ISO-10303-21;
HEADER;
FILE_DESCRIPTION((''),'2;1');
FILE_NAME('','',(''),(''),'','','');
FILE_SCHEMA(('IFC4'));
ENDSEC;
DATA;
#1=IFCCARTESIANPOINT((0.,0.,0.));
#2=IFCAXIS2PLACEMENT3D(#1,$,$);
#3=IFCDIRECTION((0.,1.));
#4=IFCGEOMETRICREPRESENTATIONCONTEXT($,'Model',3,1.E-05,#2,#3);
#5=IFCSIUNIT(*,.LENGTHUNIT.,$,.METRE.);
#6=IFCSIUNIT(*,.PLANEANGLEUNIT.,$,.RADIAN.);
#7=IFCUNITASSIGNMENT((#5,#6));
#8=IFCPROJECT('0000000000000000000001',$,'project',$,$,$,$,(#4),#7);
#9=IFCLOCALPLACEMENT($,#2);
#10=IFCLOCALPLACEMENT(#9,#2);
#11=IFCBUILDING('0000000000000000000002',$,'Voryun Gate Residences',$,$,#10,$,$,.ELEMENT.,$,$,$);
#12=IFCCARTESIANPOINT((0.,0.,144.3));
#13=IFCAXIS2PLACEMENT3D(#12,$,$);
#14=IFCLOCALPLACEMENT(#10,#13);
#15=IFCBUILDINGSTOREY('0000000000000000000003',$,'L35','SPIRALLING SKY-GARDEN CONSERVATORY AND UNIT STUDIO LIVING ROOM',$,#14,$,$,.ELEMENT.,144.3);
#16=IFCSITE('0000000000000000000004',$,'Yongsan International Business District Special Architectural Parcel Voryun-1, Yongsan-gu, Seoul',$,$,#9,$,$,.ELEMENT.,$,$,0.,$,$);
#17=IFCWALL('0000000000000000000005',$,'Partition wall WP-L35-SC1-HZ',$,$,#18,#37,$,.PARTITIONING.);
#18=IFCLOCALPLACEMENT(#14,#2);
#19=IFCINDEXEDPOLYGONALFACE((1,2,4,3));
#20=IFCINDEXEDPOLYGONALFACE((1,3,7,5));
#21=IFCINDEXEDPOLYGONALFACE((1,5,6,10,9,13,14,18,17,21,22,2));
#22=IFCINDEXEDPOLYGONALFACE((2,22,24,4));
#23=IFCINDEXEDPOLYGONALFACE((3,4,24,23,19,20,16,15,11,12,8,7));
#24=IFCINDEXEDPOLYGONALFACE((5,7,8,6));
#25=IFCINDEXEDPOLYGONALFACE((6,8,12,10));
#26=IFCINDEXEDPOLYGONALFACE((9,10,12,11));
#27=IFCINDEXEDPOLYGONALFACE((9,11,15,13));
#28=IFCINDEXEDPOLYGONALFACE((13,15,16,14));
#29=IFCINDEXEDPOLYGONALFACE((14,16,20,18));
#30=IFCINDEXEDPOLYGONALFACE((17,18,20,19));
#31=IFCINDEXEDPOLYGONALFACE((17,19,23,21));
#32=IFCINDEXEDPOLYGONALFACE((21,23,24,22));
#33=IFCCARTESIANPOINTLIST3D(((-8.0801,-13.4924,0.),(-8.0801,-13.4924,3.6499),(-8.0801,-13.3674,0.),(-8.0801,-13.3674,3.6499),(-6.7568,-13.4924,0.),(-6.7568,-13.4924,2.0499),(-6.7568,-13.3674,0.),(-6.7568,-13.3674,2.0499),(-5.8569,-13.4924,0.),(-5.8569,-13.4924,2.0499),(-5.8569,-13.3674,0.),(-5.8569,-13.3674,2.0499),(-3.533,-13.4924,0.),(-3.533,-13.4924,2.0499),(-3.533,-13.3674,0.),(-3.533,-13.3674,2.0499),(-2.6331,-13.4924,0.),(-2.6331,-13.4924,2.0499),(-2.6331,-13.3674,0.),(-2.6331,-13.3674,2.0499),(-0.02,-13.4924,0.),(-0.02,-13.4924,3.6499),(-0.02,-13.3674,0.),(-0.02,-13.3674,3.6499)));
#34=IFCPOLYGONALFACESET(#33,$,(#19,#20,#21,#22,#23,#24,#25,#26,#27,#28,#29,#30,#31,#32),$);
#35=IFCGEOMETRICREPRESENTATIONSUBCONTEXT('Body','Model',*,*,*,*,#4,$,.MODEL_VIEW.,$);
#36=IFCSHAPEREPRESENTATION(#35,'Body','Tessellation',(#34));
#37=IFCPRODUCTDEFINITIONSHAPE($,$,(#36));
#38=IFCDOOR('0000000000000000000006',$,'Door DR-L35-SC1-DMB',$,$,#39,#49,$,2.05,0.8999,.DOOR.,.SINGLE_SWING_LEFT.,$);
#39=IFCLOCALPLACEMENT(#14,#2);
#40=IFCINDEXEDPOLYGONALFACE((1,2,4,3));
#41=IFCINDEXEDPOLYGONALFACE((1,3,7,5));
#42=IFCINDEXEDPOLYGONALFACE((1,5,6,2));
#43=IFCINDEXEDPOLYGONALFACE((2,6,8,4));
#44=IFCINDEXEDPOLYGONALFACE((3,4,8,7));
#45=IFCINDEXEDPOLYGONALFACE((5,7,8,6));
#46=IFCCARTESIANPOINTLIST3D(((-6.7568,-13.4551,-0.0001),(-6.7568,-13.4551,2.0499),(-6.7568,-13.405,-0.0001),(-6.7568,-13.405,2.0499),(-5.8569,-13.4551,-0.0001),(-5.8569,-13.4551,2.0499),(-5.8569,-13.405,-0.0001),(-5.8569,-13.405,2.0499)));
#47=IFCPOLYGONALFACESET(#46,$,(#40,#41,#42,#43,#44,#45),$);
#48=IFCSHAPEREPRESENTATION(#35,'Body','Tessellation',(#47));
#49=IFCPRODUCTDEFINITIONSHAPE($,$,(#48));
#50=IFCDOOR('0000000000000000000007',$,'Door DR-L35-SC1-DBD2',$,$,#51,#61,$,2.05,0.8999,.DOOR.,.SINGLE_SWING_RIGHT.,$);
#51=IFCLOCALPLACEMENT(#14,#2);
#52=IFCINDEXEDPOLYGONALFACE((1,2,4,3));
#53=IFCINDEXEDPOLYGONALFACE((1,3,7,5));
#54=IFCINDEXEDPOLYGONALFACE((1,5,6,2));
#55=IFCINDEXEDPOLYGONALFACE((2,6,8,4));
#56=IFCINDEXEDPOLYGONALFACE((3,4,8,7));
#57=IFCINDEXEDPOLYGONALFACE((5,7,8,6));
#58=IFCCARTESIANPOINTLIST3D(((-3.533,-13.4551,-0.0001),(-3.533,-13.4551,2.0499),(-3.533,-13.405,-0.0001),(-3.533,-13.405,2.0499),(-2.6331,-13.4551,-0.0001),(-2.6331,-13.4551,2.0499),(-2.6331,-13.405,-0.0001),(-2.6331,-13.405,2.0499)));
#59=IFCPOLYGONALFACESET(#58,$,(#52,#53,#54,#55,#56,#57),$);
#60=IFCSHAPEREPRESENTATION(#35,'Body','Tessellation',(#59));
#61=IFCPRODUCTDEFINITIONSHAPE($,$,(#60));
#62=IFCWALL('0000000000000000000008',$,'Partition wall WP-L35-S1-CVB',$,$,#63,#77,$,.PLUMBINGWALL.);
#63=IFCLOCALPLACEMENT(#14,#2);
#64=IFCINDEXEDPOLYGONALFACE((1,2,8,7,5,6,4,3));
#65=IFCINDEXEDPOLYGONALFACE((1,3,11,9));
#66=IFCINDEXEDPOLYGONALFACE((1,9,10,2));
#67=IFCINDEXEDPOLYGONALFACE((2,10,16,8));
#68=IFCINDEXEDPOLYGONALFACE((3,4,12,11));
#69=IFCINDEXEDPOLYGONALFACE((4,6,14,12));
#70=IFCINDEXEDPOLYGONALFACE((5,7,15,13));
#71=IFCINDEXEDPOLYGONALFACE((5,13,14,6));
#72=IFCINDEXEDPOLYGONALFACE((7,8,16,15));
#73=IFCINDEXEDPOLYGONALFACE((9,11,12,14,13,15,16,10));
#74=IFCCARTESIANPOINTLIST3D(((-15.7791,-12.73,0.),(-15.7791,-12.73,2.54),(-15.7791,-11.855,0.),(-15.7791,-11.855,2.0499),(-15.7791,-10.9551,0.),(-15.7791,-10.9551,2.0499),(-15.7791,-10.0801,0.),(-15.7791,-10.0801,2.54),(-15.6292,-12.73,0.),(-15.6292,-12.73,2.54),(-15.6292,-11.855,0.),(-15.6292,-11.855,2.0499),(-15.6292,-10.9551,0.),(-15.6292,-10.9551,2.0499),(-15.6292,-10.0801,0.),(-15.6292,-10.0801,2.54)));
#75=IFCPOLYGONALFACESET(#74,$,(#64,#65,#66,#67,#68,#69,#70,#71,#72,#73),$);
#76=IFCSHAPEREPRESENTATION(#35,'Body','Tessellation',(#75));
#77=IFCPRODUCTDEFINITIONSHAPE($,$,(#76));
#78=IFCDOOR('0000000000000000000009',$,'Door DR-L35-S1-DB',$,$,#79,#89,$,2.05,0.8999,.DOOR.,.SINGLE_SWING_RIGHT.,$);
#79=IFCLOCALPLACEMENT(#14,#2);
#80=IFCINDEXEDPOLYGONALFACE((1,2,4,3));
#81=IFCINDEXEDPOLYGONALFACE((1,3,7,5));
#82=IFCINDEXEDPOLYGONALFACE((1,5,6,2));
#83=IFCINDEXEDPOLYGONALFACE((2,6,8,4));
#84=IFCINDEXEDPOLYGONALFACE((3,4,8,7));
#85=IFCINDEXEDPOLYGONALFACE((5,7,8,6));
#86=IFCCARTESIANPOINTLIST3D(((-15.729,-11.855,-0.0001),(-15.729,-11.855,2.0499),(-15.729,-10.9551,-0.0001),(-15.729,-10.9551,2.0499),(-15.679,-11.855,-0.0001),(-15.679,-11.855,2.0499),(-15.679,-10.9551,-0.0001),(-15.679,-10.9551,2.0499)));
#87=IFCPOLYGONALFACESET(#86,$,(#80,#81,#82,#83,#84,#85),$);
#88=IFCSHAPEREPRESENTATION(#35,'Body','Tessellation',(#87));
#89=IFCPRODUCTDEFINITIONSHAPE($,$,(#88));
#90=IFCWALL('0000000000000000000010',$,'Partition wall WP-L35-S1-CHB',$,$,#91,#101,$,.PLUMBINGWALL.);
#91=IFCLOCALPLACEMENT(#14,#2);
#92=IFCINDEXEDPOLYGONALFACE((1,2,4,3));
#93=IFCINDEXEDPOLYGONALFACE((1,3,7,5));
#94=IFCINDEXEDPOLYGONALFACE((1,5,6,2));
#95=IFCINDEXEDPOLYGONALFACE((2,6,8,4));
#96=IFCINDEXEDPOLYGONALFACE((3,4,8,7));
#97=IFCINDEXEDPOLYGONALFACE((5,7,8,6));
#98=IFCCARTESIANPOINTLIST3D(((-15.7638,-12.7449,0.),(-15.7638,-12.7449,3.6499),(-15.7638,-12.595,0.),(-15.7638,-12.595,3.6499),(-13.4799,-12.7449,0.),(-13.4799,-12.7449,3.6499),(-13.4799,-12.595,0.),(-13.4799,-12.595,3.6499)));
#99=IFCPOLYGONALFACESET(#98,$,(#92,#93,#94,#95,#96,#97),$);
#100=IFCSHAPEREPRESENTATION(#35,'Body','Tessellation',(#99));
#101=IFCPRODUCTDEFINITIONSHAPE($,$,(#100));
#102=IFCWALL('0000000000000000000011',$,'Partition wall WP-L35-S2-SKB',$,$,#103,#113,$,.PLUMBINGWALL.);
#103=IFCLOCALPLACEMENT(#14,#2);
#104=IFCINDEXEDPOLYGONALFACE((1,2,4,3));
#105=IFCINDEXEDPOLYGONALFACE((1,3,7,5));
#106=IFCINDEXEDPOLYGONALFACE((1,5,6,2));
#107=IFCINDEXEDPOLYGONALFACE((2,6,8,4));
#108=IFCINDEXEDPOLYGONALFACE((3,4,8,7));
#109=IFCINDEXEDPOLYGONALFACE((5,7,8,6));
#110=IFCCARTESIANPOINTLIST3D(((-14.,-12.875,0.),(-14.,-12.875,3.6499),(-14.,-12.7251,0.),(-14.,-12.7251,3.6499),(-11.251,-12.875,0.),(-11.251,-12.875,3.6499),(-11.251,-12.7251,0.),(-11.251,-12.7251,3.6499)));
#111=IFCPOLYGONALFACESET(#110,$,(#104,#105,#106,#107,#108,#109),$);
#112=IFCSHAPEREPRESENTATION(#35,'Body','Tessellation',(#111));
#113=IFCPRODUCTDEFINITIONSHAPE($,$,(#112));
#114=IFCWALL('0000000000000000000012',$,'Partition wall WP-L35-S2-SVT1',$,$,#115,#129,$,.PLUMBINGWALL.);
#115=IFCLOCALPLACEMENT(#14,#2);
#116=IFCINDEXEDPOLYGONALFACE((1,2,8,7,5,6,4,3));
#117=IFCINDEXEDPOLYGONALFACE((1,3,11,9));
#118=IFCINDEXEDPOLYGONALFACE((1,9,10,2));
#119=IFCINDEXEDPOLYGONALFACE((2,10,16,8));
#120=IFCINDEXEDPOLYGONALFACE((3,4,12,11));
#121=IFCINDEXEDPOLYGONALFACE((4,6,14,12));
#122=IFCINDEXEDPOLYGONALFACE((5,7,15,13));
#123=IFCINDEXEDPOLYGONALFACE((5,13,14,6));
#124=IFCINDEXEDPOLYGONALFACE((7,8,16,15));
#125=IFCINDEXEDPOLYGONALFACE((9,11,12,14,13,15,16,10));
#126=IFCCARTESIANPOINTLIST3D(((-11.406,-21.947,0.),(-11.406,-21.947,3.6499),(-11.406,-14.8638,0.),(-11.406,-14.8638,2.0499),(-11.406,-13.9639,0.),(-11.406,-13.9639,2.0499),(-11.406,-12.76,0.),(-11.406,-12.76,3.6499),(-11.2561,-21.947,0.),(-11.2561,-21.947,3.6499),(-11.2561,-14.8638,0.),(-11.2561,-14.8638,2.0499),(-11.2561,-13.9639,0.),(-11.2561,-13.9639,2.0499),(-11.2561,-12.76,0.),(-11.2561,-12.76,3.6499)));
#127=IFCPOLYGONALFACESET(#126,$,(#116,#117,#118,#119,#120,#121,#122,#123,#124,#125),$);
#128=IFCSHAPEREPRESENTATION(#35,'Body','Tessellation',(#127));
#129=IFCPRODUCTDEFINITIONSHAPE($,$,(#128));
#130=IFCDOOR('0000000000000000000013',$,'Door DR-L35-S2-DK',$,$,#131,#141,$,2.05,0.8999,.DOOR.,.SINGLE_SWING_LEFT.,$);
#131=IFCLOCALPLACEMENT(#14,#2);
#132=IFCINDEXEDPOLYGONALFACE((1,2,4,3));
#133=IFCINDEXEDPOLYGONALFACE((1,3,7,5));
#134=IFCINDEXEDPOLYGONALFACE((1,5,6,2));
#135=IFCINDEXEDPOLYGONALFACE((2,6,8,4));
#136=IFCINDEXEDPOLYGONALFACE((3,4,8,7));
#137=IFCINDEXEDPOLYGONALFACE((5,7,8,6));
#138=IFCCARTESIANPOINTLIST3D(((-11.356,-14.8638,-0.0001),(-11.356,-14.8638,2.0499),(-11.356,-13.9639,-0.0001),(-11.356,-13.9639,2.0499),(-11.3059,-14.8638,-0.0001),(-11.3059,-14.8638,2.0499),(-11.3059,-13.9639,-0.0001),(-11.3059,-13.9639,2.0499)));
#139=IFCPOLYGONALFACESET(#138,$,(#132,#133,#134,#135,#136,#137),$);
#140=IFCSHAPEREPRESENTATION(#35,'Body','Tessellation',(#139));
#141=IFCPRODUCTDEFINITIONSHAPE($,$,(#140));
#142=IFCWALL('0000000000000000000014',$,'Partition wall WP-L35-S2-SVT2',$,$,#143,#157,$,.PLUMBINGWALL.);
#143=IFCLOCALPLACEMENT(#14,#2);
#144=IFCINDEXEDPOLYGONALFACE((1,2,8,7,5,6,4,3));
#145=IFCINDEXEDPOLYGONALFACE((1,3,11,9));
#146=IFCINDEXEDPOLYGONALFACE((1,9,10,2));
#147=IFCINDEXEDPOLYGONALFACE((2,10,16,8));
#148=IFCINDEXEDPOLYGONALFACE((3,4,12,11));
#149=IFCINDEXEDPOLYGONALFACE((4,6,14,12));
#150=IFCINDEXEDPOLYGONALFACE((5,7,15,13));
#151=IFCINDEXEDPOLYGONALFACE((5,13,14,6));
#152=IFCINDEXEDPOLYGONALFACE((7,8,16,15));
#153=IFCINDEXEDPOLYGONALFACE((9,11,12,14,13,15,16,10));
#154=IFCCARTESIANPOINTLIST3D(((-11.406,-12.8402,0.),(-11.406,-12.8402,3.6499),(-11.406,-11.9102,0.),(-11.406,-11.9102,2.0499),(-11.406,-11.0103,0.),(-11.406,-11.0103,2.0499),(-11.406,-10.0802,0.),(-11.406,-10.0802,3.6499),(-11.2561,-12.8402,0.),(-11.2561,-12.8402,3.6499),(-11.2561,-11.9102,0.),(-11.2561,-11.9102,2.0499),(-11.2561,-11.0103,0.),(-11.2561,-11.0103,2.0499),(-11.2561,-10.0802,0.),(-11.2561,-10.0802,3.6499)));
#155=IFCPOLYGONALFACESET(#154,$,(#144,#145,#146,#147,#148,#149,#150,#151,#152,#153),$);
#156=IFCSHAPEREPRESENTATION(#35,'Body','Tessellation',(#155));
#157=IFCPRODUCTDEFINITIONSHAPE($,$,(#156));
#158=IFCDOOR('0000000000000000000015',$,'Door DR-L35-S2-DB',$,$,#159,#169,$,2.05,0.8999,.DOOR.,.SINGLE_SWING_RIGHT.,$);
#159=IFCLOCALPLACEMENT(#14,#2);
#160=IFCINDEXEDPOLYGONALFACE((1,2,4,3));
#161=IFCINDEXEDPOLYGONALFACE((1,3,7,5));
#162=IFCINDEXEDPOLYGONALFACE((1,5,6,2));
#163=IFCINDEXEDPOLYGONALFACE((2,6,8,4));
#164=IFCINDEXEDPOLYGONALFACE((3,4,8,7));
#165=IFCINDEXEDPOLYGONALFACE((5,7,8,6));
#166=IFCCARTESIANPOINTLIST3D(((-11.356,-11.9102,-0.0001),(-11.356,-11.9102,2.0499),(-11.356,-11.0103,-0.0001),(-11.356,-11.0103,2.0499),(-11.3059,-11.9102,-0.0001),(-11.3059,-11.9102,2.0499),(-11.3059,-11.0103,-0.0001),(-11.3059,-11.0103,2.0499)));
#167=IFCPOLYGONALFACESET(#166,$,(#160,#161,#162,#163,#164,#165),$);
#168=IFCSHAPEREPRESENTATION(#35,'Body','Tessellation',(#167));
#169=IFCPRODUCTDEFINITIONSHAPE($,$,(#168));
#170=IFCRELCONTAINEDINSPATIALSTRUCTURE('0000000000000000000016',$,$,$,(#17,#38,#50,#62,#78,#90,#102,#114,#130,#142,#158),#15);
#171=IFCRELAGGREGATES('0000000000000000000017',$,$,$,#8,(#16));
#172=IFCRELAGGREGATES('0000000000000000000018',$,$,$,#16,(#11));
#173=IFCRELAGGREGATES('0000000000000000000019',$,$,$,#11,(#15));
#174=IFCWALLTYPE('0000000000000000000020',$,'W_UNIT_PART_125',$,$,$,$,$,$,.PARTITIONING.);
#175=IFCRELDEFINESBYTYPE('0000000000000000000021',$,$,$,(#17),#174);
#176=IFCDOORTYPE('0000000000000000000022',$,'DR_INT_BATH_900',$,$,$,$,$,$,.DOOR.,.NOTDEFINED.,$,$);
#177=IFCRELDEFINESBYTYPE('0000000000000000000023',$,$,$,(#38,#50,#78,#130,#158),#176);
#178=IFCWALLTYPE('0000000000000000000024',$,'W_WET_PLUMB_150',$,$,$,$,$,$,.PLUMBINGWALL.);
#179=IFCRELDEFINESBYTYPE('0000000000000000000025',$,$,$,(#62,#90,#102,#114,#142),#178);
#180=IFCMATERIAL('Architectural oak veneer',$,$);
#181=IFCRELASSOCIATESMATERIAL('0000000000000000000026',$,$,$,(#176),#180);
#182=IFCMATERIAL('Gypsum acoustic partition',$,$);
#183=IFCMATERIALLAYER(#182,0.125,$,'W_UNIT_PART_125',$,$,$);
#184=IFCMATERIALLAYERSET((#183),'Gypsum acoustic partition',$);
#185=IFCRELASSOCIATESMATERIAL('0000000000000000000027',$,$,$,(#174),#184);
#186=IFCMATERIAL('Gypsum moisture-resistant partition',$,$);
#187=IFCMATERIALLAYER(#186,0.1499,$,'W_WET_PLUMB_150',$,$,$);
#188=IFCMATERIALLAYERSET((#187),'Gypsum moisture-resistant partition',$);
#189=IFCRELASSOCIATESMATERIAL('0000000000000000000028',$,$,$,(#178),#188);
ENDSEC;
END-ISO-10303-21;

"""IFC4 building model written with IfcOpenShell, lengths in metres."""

from ifc_helpers import new_model, si_unit, direction, frame, frame_2d, origin, place, context, subcontext, project, spatial, rectangle, extrude, material, layer, layer_set, type_object, element, fill, save


model = new_model("IFC4")

# Units and contexts
model_context = context("Model", 3, precision=1e-05, world=origin(), true_north=direction((0.0, 1.0)))
body_context = subcontext(model_context, "Body", "Model", "MODEL_VIEW")
ifc_project = project(units=[si_unit("LENGTHUNIT", "METRE"), si_unit("PLANEANGLEUNIT", "RADIAN")], contexts=[model_context])

# Site, building, storey
site_placement = place(None, origin())
site = spatial("IfcSite", under=ifc_project, at=site_placement, Name="Yongsan International Business District Special Architectural Parcel Voryun-1, Yongsan-gu, Seoul", CompositionType="ELEMENT", RefElevation=0.0)
building_placement = place(site_placement, origin())
building = spatial("IfcBuilding", under=site, at=building_placement, Name="Voryun Gate Residences", CompositionType="ELEMENT")
storey_placement = place(building_placement, frame((0.0, 0.0, 144.3)))
storey = spatial("IfcBuildingStorey", under=building, at=storey_placement, Name="L35", Description="SPIRALLING SKY-GARDEN CONSERVATORY AND UNIT STUDIO LIVING ROOM", CompositionType="ELEMENT", Elevation=144.3)

# Shared definitions
ifc_material_1 = material(Name="Architectural oak veneer")
door_type_1 = type_object("IfcDoorType", Name="DR_INT_BATH_900", OperationType="NOTDEFINED", PredefinedType="DOOR", material=ifc_material_1)

# Shared definitions
ifc_material_2 = material(Name="Gypsum acoustic partition")
ifc_layer_1 = layer(ifc_material_2, 0.125, Name="W_UNIT_PART_125")
ifc_layer_set_1 = layer_set([ifc_layer_1], Name="Gypsum acoustic partition")
wall_type_1 = type_object("IfcWallType", Name="W_UNIT_PART_125", PredefinedType="PARTITIONING", material=ifc_layer_set_1)

# Wall, openings, doors
wall_1_placement = place(storey_placement, frame((-8.0801, -13.4299, 0.0), z_axis=(0.0, 0.0, 1.0), x_axis=(1.0, 0.0, 0.0)))
wall_1 = element("IfcWall", 1, at=wall_1_placement, inside=storey, type_object=wall_type_1, Name="Partition wall WP-L35-SC1-HZ", PredefinedType="PARTITIONING", context=body_context, shape_type="SweptSolid", body=[
    extrude(rectangle(XDim=8.0601, YDim=0.125, at=frame_2d((4.03, 0.0))), origin(), (0.0, 0.0, 1.0), 3.6499),
])
opening_1_placement = place(wall_1_placement, frame((1.3232, 0.0, 0.0)))
opening_1 = element("IfcOpeningElement", 2, at=opening_1_placement, cuts=wall_1, PredefinedType="OPENING", context=body_context, shape_type="SweptSolid", body=[
    extrude(rectangle(XDim=0.8999, YDim=2.05, at=frame_2d((0.45, 1.0249))), frame((0.0, 0.0725, 0.0), z_axis=(0.0, -1.0, 0.0), x_axis=(1.0, 0.0, 0.0)), (0.0, 0.0, 1.0), 0.145),
])
opening_2_placement = place(wall_1_placement, frame((4.5471, 0.0, 0.0)))
opening_2 = element("IfcOpeningElement", 3, at=opening_2_placement, cuts=wall_1, PredefinedType="OPENING", context=body_context, shape_type="SweptSolid", body=[
    extrude(rectangle(XDim=0.8999, YDim=2.05, at=frame_2d((0.45, 1.0249))), frame((0.0, 0.0725, 0.0), z_axis=(0.0, -1.0, 0.0), x_axis=(1.0, 0.0, 0.0)), (0.0, 0.0, 1.0), 0.145),
])
door_1_placement = place(opening_1_placement, origin())
door_1 = element("IfcDoor", 4, at=door_1_placement, inside=storey, type_object=door_type_1, Name="Door DR-L35-SC1-DMB", OperationType="SINGLE_SWING_LEFT", OverallHeight=2.05, OverallWidth=0.8999, PredefinedType="DOOR", context=body_context, shape_type="SweptSolid", body=[
    extrude(rectangle(XDim=0.8999, YDim=2.05, at=frame_2d((0.45, 1.0249))), frame((0.0, 0.0249, 0.0), z_axis=(0.0, -1.0, 0.0), x_axis=(1.0, 0.0, 0.0)), (0.0, 0.0, 1.0), 0.05),
])
fill(opening_1, door_1)
door_2_placement = place(opening_2_placement, origin())
door_2 = element("IfcDoor", 5, at=door_2_placement, inside=storey, type_object=door_type_1, Name="Door DR-L35-SC1-DBD2", OperationType="SINGLE_SWING_RIGHT", OverallHeight=2.05, OverallWidth=0.8999, PredefinedType="DOOR", context=body_context, shape_type="SweptSolid", body=[
    extrude(rectangle(XDim=0.8999, YDim=2.05, at=frame_2d((0.45, 1.0249))), frame((0.0, 0.0249, 0.0), z_axis=(0.0, -1.0, 0.0), x_axis=(1.0, 0.0, 0.0)), (0.0, 0.0, 1.0), 0.05),
])
fill(opening_2, door_2)

# Wall, opening, door
ifc_material_3 = material(Name="Gypsum moisture-resistant partition")
ifc_layer_2 = layer(ifc_material_3, 0.1499, Name="W_WET_PLUMB_150")
ifc_layer_set_2 = layer_set([ifc_layer_2], Name="Gypsum moisture-resistant partition")
wall_type_2 = type_object("IfcWallType", Name="W_WET_PLUMB_150", PredefinedType="PLUMBINGWALL", material=ifc_layer_set_2)
wall_2_placement = place(storey_placement, frame((-15.7041, -12.73, 0.0), z_axis=(0.0, 0.0, 1.0), x_axis=(0.0, 1.0, 0.0)))
wall_2 = element("IfcWall", 6, at=wall_2_placement, inside=storey, type_object=wall_type_2, Name="Partition wall WP-L35-S1-CVB", PredefinedType="PLUMBINGWALL", context=body_context, shape_type="SweptSolid", body=[
    extrude(rectangle(XDim=2.6499, YDim=0.1499, at=frame_2d((1.325, 0.0))), origin(), (0.0, 0.0, 1.0), 2.54),
])
opening_3_placement = place(wall_2_placement, frame((0.875, 0.0, 0.0)))
opening_3 = element("IfcOpeningElement", 7, at=opening_3_placement, cuts=wall_2, PredefinedType="OPENING", context=body_context, shape_type="SweptSolid", body=[
    extrude(rectangle(XDim=0.8999, YDim=2.05, at=frame_2d((0.45, 1.0249))), frame((0.0, 0.085, 0.0), z_axis=(0.0, -1.0, 0.0), x_axis=(1.0, 0.0, 0.0)), (0.0, 0.0, 1.0), 0.1699),
])
door_3_placement = place(opening_3_placement, origin())
door_3 = element("IfcDoor", 8, at=door_3_placement, inside=storey, type_object=door_type_1, Name="Door DR-L35-S1-DB", OperationType="SINGLE_SWING_RIGHT", OverallHeight=2.05, OverallWidth=0.8999, PredefinedType="DOOR", context=body_context, shape_type="SweptSolid", body=[
    extrude(rectangle(XDim=0.8999, YDim=2.05, at=frame_2d((0.45, 1.0249))), frame((0.0, 0.0249, 0.0), z_axis=(0.0, -1.0, 0.0), x_axis=(1.0, 0.0, 0.0)), (0.0, 0.0, 1.0), 0.05),
])
fill(opening_3, door_3)

# Walls
wall_3_placement = place(storey_placement, frame((-15.7639, -12.6699, 0.0), z_axis=(0.0, 0.0, 1.0), x_axis=(1.0, 0.0, 0.0)))
element("IfcWall", 9, at=wall_3_placement, inside=storey, type_object=wall_type_2, Name="Partition wall WP-L35-S1-CHB", PredefinedType="PLUMBINGWALL", context=body_context, shape_type="SweptSolid", body=[
    extrude(rectangle(XDim=2.2839, YDim=0.1499, at=frame_2d((1.1421, 0.0))), origin(), (0.0, 0.0, 1.0), 3.6499),
])
wall_4_placement = place(storey_placement, frame((-14.0, -12.8, 0.0), z_axis=(0.0, 0.0, 1.0), x_axis=(1.0, 0.0, 0.0)))
element("IfcWall", 10, at=wall_4_placement, inside=storey, type_object=wall_type_2, Name="Partition wall WP-L35-S2-SKB", PredefinedType="PLUMBINGWALL", context=body_context, shape_type="SweptSolid", body=[
    extrude(rectangle(XDim=2.749, YDim=0.1499, at=frame_2d((1.3745, 0.0))), origin(), (0.0, 0.0, 1.0), 3.6499),
])

# Walls, openings, doors
wall_5_placement = place(storey_placement, frame((-11.3311, -21.947, 0.0), z_axis=(0.0, 0.0, 1.0), x_axis=(0.0, 1.0, 0.0)))
wall_5 = element("IfcWall", 11, at=wall_5_placement, inside=storey, type_object=wall_type_2, Name="Partition wall WP-L35-S2-SVT1", PredefinedType="PLUMBINGWALL", context=body_context, shape_type="SweptSolid", body=[
    extrude(rectangle(XDim=9.187, YDim=0.1499, at=frame_2d((4.5935, 0.0))), origin(), (0.0, 0.0, 1.0), 3.6499),
])
opening_4_placement = place(wall_5_placement, frame((7.0833, 0.0, 0.0)))
opening_4 = element("IfcOpeningElement", 12, at=opening_4_placement, cuts=wall_5, PredefinedType="OPENING", context=body_context, shape_type="SweptSolid", body=[
    extrude(rectangle(XDim=0.8999, YDim=2.05, at=frame_2d((0.45, 1.0249))), frame((0.0, 0.085, 0.0), z_axis=(0.0, -1.0, 0.0), x_axis=(1.0, 0.0, 0.0)), (0.0, 0.0, 1.0), 0.1699),
])
door_4_placement = place(opening_4_placement, origin())
door_4 = element("IfcDoor", 13, at=door_4_placement, inside=storey, type_object=door_type_1, Name="Door DR-L35-S2-DK", OperationType="SINGLE_SWING_LEFT", OverallHeight=2.05, OverallWidth=0.8999, PredefinedType="DOOR", context=body_context, shape_type="SweptSolid", body=[
    extrude(rectangle(XDim=0.8999, YDim=2.05, at=frame_2d((0.45, 1.0249))), frame((0.0, 0.0249, 0.0), z_axis=(0.0, -1.0, 0.0), x_axis=(1.0, 0.0, 0.0)), (0.0, 0.0, 1.0), 0.05),
])
fill(opening_4, door_4)
wall_6_placement = place(storey_placement, frame((-11.3311, -12.8401, 0.0), z_axis=(0.0, 0.0, 1.0), x_axis=(0.0, 1.0, 0.0)))
wall_6 = element("IfcWall", 14, at=wall_6_placement, inside=storey, type_object=wall_type_2, Name="Partition wall WP-L35-S2-SVT2", PredefinedType="PLUMBINGWALL", context=body_context, shape_type="SweptSolid", body=[
    extrude(rectangle(XDim=2.76, YDim=0.1499, at=frame_2d((1.3799, 0.0))), origin(), (0.0, 0.0, 1.0), 3.6499),
])
opening_5_placement = place(wall_6_placement, frame((0.9299, 0.0, 0.0)))
opening_5 = element("IfcOpeningElement", 15, at=opening_5_placement, cuts=wall_6, PredefinedType="OPENING", context=body_context, shape_type="SweptSolid", body=[
    extrude(rectangle(XDim=0.8999, YDim=2.05, at=frame_2d((0.45, 1.0249))), frame((0.0, 0.085, 0.0), z_axis=(0.0, -1.0, 0.0), x_axis=(1.0, 0.0, 0.0)), (0.0, 0.0, 1.0), 0.1699),
])
door_5_placement = place(opening_5_placement, origin())
door_5 = element("IfcDoor", 16, at=door_5_placement, inside=storey, type_object=door_type_1, Name="Door DR-L35-S2-DB", OperationType="SINGLE_SWING_RIGHT", OverallHeight=2.05, OverallWidth=0.8999, PredefinedType="DOOR", context=body_context, shape_type="SweptSolid", body=[
    extrude(rectangle(XDim=0.8999, YDim=2.05, at=frame_2d((0.45, 1.0249))), frame((0.0, 0.0249, 0.0), z_axis=(0.0, -1.0, 0.0), x_axis=(1.0, 0.0, 0.0)), (0.0, 0.0, 1.0), 0.05),
])
fill(opening_5, door_5)

save(model, "model.ifc")
